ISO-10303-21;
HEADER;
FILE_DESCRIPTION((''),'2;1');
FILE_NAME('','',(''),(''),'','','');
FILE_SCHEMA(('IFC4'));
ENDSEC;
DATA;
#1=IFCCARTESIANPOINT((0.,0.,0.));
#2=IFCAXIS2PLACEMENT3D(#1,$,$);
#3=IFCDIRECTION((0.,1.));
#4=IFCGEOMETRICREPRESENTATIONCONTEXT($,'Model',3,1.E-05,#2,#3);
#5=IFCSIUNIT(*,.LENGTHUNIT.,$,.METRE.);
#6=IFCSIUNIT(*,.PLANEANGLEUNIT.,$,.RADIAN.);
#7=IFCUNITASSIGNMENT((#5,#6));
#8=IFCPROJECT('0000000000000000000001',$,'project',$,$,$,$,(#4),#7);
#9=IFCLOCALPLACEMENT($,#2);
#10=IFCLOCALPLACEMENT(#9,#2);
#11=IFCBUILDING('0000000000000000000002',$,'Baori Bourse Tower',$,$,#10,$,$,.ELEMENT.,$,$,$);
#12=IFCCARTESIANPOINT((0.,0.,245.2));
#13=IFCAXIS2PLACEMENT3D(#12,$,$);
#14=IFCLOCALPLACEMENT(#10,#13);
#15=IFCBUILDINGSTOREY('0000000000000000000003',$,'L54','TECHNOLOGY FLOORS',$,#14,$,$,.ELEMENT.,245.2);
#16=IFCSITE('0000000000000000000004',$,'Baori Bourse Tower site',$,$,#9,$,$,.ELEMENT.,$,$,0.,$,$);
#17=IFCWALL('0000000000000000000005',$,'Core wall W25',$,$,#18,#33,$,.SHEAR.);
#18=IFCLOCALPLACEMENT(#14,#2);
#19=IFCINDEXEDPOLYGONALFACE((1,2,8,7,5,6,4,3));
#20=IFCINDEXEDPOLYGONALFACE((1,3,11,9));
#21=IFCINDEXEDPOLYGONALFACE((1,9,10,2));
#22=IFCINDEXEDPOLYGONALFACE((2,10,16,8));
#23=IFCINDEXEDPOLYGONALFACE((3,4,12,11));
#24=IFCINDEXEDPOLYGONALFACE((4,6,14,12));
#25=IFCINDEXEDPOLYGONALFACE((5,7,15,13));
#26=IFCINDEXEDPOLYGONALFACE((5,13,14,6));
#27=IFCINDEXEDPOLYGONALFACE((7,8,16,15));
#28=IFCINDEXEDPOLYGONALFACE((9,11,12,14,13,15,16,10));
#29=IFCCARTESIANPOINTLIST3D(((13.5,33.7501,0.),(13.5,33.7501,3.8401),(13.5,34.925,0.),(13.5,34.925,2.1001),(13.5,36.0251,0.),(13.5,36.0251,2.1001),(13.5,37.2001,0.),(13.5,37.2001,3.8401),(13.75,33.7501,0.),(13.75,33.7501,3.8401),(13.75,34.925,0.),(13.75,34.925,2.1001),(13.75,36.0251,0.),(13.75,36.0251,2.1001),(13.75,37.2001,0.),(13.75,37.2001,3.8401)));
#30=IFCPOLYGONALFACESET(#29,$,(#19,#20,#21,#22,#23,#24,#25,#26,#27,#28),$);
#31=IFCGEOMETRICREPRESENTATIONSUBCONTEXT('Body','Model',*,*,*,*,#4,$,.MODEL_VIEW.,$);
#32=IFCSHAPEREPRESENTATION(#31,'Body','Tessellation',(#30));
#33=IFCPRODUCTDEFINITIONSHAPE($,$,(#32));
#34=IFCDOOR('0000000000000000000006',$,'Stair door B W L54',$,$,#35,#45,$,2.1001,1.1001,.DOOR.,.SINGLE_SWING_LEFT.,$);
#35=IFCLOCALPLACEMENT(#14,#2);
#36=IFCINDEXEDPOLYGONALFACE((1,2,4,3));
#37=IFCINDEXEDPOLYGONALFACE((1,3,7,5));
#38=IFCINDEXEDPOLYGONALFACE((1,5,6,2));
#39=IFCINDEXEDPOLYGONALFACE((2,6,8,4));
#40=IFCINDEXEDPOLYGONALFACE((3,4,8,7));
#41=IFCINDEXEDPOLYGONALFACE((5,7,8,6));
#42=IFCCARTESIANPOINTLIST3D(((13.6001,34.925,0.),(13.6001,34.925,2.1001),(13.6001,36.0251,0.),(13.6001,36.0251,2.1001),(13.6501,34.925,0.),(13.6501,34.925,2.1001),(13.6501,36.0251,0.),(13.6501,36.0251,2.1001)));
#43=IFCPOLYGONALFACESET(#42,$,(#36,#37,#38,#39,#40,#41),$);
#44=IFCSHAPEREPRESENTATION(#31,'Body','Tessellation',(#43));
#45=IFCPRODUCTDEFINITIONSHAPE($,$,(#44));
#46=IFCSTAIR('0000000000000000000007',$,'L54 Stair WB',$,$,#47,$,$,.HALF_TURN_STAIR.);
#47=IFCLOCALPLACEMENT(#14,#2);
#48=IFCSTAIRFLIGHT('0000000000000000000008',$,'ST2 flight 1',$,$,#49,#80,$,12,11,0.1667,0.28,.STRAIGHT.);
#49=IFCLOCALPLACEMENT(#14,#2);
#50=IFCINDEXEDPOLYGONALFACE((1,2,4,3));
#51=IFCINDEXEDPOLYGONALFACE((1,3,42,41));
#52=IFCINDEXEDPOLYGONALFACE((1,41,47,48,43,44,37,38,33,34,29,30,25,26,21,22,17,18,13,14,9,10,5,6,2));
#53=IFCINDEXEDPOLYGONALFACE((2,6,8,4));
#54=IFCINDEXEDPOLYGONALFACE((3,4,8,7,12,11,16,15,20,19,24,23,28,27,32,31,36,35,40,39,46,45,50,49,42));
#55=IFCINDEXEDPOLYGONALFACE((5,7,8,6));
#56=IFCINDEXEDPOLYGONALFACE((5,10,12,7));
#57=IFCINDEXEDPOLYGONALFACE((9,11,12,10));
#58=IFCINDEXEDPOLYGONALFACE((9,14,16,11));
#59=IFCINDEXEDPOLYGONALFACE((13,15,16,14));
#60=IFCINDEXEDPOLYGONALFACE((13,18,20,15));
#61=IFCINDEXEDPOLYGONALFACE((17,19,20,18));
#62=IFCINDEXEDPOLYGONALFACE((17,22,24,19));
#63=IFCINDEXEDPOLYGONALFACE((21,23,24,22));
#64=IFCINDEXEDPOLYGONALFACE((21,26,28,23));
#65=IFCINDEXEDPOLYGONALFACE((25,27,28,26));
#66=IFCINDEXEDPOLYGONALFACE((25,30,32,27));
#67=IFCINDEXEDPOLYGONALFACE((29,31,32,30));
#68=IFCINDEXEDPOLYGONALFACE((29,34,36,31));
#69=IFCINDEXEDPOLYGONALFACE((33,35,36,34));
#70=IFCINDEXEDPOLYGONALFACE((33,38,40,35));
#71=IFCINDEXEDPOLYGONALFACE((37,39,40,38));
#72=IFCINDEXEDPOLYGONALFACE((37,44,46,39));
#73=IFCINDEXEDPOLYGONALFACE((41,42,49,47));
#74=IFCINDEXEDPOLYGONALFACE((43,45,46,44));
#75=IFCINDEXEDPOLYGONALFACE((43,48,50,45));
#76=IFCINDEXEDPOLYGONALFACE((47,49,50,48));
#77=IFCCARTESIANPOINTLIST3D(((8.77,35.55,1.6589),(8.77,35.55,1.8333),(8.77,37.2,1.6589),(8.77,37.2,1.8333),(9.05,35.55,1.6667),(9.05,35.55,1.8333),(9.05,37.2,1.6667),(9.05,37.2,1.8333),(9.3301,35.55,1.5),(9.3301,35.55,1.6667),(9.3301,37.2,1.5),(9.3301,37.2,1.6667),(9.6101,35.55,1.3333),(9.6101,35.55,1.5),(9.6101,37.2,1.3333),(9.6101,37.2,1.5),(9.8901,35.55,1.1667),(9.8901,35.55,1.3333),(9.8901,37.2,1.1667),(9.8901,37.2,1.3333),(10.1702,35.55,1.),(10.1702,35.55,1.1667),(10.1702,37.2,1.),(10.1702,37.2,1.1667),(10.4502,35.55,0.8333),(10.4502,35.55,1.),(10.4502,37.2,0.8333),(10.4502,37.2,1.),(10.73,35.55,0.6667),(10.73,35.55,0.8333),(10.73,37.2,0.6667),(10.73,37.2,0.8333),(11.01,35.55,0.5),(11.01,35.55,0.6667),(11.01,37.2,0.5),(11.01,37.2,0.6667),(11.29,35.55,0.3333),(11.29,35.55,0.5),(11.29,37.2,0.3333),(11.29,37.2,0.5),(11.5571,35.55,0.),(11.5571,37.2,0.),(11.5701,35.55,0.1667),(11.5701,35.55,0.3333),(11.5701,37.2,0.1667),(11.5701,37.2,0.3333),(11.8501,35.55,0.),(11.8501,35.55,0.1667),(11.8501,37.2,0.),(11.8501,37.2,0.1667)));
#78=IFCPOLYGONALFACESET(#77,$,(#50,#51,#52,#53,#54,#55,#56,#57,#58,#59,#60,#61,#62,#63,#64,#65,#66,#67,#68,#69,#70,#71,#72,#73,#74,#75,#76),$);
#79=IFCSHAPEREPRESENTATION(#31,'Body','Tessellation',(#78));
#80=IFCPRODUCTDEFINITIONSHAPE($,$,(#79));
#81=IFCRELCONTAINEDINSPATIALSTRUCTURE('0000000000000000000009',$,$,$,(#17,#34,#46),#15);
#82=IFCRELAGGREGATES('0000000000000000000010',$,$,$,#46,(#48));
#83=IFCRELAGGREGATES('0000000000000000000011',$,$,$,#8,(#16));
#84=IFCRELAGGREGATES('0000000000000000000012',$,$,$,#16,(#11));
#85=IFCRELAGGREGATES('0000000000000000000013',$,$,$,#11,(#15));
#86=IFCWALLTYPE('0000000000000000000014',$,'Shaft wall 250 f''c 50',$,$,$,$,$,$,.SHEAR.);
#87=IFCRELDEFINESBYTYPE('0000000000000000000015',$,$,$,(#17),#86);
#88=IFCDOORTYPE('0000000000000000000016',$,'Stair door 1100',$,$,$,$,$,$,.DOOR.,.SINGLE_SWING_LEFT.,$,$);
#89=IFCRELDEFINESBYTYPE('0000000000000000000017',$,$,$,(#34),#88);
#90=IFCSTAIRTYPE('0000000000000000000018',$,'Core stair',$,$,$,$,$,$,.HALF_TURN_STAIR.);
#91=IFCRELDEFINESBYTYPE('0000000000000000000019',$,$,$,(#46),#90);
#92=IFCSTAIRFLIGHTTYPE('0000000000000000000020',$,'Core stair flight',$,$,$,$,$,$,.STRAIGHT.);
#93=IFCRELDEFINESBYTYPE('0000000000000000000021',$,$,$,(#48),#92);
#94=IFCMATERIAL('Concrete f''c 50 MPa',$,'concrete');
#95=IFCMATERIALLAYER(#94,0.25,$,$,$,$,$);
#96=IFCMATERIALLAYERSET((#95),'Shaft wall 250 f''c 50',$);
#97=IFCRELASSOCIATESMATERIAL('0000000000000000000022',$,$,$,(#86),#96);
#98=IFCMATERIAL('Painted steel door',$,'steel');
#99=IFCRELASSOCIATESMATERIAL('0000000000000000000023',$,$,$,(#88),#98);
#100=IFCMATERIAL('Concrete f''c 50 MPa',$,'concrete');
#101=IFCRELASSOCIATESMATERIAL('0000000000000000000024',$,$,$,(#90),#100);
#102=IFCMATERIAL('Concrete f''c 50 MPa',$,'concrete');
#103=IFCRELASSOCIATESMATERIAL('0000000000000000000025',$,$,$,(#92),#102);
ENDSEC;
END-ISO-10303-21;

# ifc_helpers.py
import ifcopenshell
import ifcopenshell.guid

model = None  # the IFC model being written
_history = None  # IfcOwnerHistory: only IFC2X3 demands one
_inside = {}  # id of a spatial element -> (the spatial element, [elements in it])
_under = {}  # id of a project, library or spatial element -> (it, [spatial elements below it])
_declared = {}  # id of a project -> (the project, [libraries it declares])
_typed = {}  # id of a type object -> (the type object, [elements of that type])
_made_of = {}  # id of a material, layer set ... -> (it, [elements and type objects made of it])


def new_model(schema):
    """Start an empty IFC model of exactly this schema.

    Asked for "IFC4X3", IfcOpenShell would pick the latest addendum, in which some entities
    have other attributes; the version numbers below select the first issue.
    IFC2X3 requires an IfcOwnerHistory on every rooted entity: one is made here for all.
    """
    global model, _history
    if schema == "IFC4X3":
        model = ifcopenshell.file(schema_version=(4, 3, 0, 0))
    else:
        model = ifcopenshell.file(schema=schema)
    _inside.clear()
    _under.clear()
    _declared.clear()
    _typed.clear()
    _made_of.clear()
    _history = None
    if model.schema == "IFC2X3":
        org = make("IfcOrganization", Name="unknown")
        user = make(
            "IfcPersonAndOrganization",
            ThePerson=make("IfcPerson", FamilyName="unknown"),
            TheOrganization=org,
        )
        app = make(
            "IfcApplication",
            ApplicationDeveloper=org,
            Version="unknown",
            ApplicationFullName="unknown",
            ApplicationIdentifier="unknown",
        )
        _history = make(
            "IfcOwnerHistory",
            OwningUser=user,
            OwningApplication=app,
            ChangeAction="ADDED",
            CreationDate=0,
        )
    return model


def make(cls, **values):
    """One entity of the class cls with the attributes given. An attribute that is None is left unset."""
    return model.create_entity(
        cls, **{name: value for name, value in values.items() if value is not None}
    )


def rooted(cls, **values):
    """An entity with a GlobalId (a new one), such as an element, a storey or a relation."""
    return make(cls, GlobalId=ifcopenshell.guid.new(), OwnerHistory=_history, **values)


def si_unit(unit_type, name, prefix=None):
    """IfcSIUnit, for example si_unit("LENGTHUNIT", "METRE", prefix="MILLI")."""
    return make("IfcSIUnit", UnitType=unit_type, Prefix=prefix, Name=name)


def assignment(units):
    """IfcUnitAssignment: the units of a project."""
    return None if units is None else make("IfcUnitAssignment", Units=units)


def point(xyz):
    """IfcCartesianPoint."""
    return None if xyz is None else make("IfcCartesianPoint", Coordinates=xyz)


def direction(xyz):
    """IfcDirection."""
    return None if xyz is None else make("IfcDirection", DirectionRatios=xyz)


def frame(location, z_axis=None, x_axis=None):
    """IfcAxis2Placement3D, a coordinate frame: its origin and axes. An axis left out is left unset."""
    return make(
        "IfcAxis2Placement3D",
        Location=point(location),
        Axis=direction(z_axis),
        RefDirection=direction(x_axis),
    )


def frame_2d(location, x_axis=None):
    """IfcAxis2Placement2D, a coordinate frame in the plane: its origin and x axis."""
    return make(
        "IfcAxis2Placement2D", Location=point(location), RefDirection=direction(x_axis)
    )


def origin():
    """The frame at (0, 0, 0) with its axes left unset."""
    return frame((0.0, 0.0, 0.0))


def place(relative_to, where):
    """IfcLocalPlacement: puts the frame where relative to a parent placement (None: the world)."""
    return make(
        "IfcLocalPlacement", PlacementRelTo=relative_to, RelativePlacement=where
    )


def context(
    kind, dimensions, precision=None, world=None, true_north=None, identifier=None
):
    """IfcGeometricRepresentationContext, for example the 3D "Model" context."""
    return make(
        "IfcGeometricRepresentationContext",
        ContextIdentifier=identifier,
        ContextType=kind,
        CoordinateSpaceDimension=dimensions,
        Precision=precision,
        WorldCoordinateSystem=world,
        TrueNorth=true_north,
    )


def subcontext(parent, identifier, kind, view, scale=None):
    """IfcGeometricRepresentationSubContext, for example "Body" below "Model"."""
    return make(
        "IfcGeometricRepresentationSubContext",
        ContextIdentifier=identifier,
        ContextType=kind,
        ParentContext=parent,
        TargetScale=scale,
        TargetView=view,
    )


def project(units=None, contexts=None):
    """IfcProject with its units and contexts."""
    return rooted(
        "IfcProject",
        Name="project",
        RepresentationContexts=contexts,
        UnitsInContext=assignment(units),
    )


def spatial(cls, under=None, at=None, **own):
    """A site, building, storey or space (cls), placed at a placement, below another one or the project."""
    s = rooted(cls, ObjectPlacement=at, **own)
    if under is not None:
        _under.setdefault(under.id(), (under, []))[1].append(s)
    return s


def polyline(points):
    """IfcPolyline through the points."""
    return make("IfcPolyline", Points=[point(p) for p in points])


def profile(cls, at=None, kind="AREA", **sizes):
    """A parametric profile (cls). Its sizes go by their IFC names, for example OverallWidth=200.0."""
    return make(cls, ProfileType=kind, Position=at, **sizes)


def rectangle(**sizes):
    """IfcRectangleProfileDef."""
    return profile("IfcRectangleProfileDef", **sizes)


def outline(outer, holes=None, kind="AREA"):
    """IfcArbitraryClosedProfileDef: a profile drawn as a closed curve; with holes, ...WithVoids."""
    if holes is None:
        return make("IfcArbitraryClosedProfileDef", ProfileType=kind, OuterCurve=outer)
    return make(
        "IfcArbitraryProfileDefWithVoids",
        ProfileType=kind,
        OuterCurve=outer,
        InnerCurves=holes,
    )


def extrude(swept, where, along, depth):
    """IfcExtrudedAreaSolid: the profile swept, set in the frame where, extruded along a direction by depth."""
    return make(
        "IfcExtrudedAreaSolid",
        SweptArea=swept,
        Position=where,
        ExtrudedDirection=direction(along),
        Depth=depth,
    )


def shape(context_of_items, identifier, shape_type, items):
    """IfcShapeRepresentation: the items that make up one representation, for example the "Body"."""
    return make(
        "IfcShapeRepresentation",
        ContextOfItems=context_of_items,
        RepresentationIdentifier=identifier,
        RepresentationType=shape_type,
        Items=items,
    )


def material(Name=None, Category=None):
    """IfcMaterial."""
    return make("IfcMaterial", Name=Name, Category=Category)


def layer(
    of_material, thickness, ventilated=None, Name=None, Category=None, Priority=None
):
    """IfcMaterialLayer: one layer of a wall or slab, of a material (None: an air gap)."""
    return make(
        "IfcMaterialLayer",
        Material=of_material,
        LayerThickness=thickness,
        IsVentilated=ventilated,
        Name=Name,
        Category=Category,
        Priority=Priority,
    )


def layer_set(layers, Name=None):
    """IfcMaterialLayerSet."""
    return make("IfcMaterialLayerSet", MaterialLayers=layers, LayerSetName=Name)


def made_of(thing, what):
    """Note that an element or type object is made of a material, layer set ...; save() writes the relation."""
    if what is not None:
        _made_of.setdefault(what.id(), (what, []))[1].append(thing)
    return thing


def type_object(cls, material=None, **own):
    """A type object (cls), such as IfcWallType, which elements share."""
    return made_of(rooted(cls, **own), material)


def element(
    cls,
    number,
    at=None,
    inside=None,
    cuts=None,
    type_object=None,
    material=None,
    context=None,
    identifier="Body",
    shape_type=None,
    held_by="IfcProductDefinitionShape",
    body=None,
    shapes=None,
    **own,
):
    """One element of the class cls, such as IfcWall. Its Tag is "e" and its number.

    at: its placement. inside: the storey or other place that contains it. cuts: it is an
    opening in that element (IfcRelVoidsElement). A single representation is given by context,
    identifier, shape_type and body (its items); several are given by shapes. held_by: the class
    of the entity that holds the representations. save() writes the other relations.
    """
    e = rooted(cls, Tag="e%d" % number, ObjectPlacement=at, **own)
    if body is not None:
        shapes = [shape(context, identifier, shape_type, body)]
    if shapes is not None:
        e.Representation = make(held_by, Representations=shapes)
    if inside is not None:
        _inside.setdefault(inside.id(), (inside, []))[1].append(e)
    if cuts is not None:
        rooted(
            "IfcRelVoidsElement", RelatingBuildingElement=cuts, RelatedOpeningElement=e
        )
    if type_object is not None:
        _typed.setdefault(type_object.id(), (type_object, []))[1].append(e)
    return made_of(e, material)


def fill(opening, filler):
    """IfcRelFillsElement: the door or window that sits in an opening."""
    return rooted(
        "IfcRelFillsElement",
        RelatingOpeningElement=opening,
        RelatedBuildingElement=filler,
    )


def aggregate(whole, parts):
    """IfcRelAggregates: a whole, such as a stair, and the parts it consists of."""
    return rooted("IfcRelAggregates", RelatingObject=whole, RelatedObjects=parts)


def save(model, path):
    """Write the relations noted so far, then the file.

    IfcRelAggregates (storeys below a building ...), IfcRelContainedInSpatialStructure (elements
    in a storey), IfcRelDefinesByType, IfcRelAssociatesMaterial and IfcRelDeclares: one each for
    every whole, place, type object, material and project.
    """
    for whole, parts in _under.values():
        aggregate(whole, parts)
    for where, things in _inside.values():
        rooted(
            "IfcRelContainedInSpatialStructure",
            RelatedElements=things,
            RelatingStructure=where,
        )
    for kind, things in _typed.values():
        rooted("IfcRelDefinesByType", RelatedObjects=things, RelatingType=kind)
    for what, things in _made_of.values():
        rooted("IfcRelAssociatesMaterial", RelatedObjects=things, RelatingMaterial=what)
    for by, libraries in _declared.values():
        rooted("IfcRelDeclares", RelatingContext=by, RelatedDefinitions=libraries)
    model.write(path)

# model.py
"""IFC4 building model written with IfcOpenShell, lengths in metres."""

from ifc_helpers import new_model, si_unit, direction, frame, frame_2d, origin, place, context, subcontext, project, spatial, polyline, rectangle, outline, extrude, material, layer, layer_set, type_object, element, fill, aggregate, save


model = new_model("IFC4")

# Units and contexts
model_context = context("Model", 3, precision=1e-05, world=origin(), true_north=direction((0.0, 1.0)))
body_context = subcontext(model_context, "Body", "Model", "MODEL_VIEW")
ifc_project = project(units=[si_unit("LENGTHUNIT", "METRE"), si_unit("PLANEANGLEUNIT", "RADIAN")], contexts=[model_context])

# Site, building, storey
site_placement = place(None, origin())
site = spatial("IfcSite", under=ifc_project, at=site_placement, Name="Baori Bourse Tower site", CompositionType="ELEMENT", RefElevation=0.0)
building_placement = place(site_placement, origin())
building = spatial("IfcBuilding", under=site, at=building_placement, Name="Baori Bourse Tower", CompositionType="ELEMENT")
storey_placement = place(building_placement, frame((0.0, 0.0, 245.2)))
storey = spatial("IfcBuildingStorey", under=building, at=storey_placement, Name="L54", Description="TECHNOLOGY FLOORS", CompositionType="ELEMENT", Elevation=245.2)

# Wall, opening, door
ifc_material_1 = material(Name="Concrete f'c 50 MPa", Category="concrete")
ifc_layer_1 = layer(ifc_material_1, 0.25)
ifc_layer_set_1 = layer_set([ifc_layer_1], Name="Shaft wall 250 f'c 50")
wall_type_1 = type_object("IfcWallType", Name="Shaft wall 250 f'c 50", PredefinedType="SHEAR", material=ifc_layer_set_1)
wall_1_placement = place(storey_placement, frame((13.625, 33.75, 0.0), z_axis=(0.0, 0.0, 1.0), x_axis=(0.0, 1.0, 0.0)))
wall_1 = element("IfcWall", 1, at=wall_1_placement, inside=storey, type_object=wall_type_1, Name="Core wall W25", PredefinedType="SHEAR", context=body_context, shape_type="SweptSolid", body=[
    extrude(rectangle(XDim=3.45, YDim=0.25, at=frame_2d((1.7251, 0.0))), origin(), (0.0, 0.0, 1.0), 3.8401),
])
opening_1_placement = place(wall_1_placement, frame((1.175, 0.0, 0.0)))
opening_1 = element("IfcOpeningElement", 2, at=opening_1_placement, cuts=wall_1, PredefinedType="OPENING", context=body_context, shape_type="SweptSolid", body=[
    extrude(rectangle(XDim=1.1001, YDim=2.1001, at=frame_2d((0.55, 1.05))), frame((0.0, 0.135, 0.0), z_axis=(0.0, -1.0, 0.0), x_axis=(1.0, 0.0, 0.0)), (0.0, 0.0, 1.0), 0.27),
])
ifc_material_2 = material(Name="Painted steel door", Category="steel")
door_type_1 = type_object("IfcDoorType", Name="Stair door 1100", OperationType="SINGLE_SWING_LEFT", PredefinedType="DOOR", material=ifc_material_2)
door_1_placement = place(opening_1_placement, origin())
door_1 = element("IfcDoor", 3, at=door_1_placement, inside=storey, type_object=door_type_1, Name="Stair door B W L54", OperationType="SINGLE_SWING_LEFT", OverallHeight=2.1001, OverallWidth=1.1001, PredefinedType="DOOR", context=body_context, shape_type="SweptSolid", body=[
    extrude(rectangle(XDim=1.1001, YDim=2.1001, at=frame_2d((0.55, 1.05))), frame((0.0, 0.0249, 0.0), z_axis=(0.0, -1.0, 0.0), x_axis=(1.0, 0.0, 0.0)), (0.0, 0.0, 1.0), 0.05),
])
fill(opening_1, door_1)

# Stair, stair flight
ifc_material_3 = material(Name="Concrete f'c 50 MPa", Category="concrete")
stair_type = type_object("IfcStairType", Name="Core stair", PredefinedType="HALF_TURN_STAIR", material=ifc_material_3)
stair_placement = place(storey_placement, origin())
stair = element("IfcStair", 4, at=stair_placement, inside=storey, type_object=stair_type, Name="L54 Stair WB", PredefinedType="HALF_TURN_STAIR")
ifc_material_4 = material(Name="Concrete f'c 50 MPa", Category="concrete")
stair_flight_type = type_object("IfcStairFlightType", Name="Core stair flight", PredefinedType="STRAIGHT", material=ifc_material_4)
stair_flight_placement = place(storey_placement, frame((11.8501, 36.375, 0.0), z_axis=(0.0, 0.0, 1.0), x_axis=(-1.0, 0.0, 0.0)))
stair_flight = element("IfcStairFlight", 5, at=stair_flight_placement, type_object=stair_flight_type, Name="ST2 flight 1", NumberOfRisers=12, NumberOfTreads=11, PredefinedType="STRAIGHT", RiserHeight=0.1667, TreadLength=0.28, context=body_context, shape_type="SweptSolid", body=[
    extrude(outline(polyline([(0.0, 0.0), (0.0, 0.1667), (0.28, 0.1667), (0.28, 0.3333), (0.5601, 0.3333), (0.5601, 0.5), (0.8401, 0.5), (0.8401, 0.6667), (1.1201, 0.6667), (1.1201, 0.8333), (1.3999, 0.8333), (1.3999, 1.0), (1.6799, 1.0), (1.6799, 1.1667), (1.96, 1.1667), (1.96, 1.3333), (2.24, 1.3333), (2.24, 1.5), (2.52, 1.5), (2.52, 1.6667), (2.8, 1.6667), (2.8, 1.8333), (3.0801, 1.8333), (3.0801, 2.0), (3.0801, 1.6589), (0.293, 0.0), (0.0, 0.0)])), frame((0.0, 0.825, 0.0), z_axis=(0.0, -1.0, 0.0), x_axis=(1.0, 0.0, 0.0)), (0.0, 0.0, 1.0), 1.6499),
])
aggregate(stair, [stair_flight])

save(model, "model.ifc")
